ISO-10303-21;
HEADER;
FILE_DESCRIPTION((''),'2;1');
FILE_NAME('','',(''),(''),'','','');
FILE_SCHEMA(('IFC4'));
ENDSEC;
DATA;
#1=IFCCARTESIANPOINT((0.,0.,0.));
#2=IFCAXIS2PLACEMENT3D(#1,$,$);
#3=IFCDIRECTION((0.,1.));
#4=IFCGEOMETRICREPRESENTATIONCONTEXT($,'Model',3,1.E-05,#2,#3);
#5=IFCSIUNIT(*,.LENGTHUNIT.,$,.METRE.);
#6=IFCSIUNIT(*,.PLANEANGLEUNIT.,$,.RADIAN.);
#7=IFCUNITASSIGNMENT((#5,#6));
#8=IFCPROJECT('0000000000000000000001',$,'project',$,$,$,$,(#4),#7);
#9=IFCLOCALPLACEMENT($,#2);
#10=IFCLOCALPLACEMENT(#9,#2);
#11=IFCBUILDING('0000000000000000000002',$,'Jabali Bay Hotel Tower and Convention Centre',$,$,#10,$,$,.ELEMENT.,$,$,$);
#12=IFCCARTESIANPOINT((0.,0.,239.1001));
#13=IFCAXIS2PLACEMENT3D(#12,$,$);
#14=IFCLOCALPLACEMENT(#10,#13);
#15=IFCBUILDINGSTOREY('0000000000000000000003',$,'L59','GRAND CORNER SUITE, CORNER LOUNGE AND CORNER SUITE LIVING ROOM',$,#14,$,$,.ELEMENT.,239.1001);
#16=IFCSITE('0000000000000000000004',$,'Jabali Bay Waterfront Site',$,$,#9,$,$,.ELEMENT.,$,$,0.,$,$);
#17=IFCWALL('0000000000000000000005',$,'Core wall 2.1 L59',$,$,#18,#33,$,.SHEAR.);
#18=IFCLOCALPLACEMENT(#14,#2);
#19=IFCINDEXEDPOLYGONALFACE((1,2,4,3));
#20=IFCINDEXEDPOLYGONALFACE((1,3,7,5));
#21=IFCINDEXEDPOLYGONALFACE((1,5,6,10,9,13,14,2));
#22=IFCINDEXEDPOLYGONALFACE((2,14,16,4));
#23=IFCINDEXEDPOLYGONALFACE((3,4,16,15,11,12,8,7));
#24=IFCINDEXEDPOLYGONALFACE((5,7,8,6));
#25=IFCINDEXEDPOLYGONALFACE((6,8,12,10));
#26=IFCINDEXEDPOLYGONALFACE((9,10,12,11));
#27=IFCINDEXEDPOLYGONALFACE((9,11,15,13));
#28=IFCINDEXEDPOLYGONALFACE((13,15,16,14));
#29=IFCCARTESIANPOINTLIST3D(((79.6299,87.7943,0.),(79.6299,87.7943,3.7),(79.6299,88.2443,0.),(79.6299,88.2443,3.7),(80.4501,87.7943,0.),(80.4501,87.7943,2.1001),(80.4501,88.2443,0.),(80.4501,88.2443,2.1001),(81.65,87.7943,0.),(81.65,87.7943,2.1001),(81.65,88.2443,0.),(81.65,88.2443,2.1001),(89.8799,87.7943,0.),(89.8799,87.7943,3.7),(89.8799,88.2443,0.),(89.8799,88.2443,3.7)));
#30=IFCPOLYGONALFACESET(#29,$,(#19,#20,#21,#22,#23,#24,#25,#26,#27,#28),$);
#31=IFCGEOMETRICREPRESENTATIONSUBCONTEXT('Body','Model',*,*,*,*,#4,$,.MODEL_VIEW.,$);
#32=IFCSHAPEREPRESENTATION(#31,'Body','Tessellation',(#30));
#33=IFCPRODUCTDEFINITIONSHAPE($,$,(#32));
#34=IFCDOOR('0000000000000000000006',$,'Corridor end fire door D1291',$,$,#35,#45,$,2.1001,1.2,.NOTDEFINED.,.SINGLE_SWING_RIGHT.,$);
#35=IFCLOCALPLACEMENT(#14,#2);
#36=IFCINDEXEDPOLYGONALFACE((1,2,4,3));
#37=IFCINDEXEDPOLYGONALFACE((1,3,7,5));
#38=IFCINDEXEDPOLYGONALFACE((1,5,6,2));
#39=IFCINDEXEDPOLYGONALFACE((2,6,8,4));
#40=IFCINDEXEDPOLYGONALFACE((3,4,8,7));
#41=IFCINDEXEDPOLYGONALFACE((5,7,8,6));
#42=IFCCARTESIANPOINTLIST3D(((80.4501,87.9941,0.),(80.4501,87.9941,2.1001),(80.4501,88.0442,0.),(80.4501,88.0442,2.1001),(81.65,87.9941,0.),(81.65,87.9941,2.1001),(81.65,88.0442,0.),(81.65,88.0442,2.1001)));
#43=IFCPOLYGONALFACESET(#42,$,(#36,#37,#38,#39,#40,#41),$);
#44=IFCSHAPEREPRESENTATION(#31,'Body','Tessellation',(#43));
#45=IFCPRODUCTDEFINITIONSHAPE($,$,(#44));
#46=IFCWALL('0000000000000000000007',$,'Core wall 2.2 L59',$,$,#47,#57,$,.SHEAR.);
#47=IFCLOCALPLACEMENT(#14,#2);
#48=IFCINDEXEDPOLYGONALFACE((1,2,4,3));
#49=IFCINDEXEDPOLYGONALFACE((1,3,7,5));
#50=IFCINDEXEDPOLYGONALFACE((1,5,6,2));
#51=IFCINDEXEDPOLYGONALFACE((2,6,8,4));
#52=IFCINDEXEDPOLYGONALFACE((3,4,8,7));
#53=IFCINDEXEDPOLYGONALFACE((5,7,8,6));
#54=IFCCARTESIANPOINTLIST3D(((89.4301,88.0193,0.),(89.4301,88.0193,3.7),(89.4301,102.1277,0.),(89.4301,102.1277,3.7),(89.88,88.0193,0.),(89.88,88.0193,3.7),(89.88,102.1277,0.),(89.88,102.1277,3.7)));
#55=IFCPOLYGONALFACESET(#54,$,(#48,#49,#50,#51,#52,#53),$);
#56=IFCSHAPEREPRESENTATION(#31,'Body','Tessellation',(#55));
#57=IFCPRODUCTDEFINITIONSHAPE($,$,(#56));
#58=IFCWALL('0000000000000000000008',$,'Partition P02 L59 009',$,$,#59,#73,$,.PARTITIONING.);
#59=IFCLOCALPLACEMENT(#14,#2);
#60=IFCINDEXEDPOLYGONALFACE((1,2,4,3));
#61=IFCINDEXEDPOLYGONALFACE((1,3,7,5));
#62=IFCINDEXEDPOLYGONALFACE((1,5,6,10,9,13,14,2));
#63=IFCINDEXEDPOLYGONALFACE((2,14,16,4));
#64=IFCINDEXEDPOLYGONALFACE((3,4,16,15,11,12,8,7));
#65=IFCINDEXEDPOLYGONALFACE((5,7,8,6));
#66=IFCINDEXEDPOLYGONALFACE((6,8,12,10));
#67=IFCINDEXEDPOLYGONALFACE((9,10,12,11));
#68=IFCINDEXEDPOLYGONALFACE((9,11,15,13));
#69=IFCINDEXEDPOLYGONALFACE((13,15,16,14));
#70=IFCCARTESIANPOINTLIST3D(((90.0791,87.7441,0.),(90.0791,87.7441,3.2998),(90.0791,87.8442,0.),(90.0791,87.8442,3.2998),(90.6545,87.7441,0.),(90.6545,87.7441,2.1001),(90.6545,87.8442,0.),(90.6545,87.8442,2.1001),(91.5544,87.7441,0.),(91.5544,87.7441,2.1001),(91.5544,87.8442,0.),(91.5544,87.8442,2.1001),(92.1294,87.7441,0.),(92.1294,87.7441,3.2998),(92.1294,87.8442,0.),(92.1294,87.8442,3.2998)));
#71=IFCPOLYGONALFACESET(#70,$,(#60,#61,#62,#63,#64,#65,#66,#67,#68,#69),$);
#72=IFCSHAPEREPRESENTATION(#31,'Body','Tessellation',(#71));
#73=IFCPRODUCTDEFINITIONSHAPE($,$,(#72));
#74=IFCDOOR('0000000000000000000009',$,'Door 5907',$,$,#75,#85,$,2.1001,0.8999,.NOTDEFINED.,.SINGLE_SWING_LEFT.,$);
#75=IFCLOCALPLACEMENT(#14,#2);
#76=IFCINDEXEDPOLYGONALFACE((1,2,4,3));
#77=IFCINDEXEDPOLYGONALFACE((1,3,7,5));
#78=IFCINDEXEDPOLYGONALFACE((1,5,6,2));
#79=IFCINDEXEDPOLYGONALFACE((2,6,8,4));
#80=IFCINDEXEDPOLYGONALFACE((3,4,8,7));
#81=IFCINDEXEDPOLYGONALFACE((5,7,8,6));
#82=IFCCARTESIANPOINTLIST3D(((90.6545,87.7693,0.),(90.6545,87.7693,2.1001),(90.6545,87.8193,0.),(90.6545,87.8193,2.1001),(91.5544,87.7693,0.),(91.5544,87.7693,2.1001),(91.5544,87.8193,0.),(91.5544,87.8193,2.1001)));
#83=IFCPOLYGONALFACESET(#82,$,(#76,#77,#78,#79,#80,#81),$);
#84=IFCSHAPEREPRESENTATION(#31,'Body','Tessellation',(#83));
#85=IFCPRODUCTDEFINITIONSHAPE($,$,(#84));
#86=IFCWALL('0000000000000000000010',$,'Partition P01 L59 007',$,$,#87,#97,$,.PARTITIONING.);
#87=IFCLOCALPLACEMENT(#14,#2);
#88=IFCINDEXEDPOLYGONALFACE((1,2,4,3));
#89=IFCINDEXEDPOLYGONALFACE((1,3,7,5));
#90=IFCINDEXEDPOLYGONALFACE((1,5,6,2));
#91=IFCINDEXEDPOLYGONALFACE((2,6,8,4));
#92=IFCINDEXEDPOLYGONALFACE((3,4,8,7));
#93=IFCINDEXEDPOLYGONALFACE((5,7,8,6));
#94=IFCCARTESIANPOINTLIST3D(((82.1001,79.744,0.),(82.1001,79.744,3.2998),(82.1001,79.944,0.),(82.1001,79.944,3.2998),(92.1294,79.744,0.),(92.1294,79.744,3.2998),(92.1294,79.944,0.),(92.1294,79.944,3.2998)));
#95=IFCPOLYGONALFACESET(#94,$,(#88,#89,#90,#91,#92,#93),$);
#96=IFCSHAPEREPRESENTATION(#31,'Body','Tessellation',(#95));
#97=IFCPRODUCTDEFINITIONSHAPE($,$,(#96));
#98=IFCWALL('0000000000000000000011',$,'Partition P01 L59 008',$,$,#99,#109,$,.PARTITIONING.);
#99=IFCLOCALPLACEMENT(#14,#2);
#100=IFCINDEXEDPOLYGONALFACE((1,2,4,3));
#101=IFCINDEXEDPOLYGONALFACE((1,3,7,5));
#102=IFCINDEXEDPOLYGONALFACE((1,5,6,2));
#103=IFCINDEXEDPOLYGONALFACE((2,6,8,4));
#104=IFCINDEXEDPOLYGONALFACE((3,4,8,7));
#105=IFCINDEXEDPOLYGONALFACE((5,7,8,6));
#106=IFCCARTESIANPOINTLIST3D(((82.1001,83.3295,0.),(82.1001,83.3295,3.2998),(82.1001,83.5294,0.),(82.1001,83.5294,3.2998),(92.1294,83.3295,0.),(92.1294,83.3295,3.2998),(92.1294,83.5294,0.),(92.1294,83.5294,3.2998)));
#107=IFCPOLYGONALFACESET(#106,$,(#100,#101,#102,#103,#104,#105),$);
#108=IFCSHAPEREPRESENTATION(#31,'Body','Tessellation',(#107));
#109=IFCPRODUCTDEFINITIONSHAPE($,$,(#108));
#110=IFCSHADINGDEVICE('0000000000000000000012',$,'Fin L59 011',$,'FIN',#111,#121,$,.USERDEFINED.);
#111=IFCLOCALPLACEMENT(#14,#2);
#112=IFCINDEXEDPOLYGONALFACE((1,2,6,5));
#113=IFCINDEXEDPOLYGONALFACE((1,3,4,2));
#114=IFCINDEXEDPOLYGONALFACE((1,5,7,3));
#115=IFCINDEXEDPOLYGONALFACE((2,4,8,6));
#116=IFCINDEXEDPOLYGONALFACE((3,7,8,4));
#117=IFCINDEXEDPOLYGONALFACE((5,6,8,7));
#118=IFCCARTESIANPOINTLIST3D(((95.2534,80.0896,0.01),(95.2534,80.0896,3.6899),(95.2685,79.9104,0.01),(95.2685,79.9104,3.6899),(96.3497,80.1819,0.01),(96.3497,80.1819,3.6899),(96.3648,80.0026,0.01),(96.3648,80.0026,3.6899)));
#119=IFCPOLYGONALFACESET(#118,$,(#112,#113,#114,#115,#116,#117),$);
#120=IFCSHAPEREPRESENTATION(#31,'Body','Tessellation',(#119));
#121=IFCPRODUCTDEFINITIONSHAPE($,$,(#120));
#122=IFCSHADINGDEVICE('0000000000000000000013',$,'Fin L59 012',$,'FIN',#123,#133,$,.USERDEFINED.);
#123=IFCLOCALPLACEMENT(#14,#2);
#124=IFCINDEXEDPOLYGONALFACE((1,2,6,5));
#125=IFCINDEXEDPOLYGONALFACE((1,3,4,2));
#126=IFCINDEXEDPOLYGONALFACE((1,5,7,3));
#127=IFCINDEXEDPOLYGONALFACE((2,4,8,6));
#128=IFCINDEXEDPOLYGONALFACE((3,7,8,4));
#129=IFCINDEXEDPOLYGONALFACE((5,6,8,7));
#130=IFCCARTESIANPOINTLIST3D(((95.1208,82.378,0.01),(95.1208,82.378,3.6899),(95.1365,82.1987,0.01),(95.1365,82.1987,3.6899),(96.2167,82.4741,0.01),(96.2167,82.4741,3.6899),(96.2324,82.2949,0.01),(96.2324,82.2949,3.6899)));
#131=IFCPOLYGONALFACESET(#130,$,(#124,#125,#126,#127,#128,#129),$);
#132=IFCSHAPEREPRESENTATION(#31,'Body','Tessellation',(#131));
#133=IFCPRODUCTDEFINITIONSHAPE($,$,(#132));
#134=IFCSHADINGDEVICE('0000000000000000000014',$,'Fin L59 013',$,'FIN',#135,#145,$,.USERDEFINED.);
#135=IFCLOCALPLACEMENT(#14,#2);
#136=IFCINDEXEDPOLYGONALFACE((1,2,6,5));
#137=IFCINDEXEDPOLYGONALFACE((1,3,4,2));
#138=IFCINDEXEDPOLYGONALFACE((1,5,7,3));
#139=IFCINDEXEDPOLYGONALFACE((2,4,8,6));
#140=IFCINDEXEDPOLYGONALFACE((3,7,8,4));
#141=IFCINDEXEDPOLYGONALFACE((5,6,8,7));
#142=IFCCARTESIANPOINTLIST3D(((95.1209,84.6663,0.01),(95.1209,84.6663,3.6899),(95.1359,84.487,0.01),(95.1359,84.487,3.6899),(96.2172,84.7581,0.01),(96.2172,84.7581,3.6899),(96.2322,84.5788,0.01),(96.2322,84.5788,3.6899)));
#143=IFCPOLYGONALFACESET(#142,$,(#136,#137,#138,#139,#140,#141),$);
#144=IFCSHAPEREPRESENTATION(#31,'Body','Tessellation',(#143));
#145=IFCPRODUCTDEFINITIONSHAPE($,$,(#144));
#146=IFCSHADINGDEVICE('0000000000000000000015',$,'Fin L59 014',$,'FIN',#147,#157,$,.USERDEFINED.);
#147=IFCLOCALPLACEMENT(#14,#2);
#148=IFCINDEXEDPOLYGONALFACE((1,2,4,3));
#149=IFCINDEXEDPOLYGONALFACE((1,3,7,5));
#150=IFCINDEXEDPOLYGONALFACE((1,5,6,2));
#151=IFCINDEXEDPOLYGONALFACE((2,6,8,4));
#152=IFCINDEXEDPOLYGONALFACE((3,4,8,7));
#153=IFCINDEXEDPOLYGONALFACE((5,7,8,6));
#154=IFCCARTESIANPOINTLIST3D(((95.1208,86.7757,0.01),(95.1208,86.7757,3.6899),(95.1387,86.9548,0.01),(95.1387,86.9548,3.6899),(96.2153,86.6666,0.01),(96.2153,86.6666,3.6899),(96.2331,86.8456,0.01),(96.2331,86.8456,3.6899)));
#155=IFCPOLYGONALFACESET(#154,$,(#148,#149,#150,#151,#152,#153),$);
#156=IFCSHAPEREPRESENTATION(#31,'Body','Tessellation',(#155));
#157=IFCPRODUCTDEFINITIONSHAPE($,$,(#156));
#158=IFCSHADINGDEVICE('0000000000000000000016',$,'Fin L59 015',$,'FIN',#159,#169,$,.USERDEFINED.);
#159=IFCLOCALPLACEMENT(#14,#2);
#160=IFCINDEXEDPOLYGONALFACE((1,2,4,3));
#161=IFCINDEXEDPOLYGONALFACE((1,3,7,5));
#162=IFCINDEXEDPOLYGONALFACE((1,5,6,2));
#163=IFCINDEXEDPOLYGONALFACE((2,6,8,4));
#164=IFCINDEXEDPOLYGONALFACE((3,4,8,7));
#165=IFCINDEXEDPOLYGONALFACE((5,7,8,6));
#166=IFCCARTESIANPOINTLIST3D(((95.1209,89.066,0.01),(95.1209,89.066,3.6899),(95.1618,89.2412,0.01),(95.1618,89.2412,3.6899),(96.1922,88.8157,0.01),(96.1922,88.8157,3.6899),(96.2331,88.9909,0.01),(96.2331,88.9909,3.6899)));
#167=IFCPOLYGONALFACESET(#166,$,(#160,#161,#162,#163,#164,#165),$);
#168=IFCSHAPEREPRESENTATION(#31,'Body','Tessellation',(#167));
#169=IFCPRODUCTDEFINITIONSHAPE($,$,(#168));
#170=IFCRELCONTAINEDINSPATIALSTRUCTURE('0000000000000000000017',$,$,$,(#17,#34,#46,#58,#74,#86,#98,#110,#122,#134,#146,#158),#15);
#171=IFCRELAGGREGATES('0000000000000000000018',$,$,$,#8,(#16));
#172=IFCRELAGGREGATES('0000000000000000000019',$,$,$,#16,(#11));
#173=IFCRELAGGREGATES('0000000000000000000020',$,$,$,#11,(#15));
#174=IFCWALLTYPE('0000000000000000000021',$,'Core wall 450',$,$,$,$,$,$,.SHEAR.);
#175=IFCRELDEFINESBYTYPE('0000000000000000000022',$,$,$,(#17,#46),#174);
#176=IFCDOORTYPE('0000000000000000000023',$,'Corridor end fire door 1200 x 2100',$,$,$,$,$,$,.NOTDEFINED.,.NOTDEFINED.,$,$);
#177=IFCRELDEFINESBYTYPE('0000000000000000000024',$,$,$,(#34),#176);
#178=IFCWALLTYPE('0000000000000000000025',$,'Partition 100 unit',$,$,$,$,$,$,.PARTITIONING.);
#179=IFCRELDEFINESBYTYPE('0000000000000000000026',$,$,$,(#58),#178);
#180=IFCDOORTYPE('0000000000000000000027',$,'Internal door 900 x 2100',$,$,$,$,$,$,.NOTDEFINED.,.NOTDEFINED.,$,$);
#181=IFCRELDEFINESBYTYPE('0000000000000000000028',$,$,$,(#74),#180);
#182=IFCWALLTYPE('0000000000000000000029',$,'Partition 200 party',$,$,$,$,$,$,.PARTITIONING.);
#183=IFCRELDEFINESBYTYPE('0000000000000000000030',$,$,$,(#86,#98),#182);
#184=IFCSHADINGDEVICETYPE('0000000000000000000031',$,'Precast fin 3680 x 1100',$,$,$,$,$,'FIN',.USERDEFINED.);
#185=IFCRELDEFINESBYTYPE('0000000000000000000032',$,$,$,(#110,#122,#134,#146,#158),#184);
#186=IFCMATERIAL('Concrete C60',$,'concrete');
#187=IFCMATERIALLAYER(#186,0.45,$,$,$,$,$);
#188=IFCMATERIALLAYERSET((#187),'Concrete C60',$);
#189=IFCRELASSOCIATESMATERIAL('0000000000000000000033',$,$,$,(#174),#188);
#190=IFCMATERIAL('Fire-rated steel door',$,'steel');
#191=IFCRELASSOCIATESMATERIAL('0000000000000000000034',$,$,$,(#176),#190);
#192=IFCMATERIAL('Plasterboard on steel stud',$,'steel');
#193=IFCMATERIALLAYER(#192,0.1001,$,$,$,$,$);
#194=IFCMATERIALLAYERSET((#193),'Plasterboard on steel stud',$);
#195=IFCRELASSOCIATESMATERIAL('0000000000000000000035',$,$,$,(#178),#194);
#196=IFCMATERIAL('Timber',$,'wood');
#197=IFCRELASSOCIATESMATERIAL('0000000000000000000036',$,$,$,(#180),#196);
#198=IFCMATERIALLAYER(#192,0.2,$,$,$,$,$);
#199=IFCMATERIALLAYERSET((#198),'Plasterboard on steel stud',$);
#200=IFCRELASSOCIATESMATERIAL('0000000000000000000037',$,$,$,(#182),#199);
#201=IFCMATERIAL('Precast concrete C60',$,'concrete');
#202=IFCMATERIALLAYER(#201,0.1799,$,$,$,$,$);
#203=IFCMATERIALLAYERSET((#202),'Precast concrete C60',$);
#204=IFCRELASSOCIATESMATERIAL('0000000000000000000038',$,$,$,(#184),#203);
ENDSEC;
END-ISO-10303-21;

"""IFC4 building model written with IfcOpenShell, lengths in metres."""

from ifc_helpers import new_model, si_unit, direction, frame, frame_2d, origin, place, context, subcontext, project, spatial, rectangle, extrude, material, layer, layer_set, type_object, element, fill, save


model = new_model("IFC4")

# Units and contexts
model_context = context("Model", 3, precision=1e-05, world=origin(), true_north=direction((0.0, 1.0)))
body_context = subcontext(model_context, "Body", "Model", "MODEL_VIEW")
ifc_project = project(units=[si_unit("LENGTHUNIT", "METRE"), si_unit("PLANEANGLEUNIT", "RADIAN")], contexts=[model_context])

# Site, building, storey
site_placement = place(None, origin())
site = spatial("IfcSite", under=ifc_project, at=site_placement, Name="Jabali Bay Waterfront Site", CompositionType="ELEMENT", RefElevation=0.0)
building_placement = place(site_placement, origin())
building = spatial("IfcBuilding", under=site, at=building_placement, Name="Jabali Bay Hotel Tower and Convention Centre", CompositionType="ELEMENT")
storey_placement = place(building_placement, frame((0.0, 0.0, 239.1001)))
storey = spatial("IfcBuildingStorey", under=building, at=storey_placement, Name="L59", Description="GRAND CORNER SUITE, CORNER LOUNGE AND CORNER SUITE LIVING ROOM", CompositionType="ELEMENT", Elevation=239.1001)

# Shared definitions
ifc_material_1 = material(Name="Concrete C60", Category="concrete")

# Shared definitions
ifc_material_2 = material(Name="Fire-rated steel door", Category="steel")

# Wall, opening, door
ifc_layer_1 = layer(ifc_material_1, 0.45)
ifc_layer_set_1 = layer_set([ifc_layer_1], Name="Concrete C60")
wall_type_1 = type_object("IfcWallType", Name="Core wall 450", PredefinedType="SHEAR", material=ifc_layer_set_1)
wall_1_placement = place(storey_placement, frame((79.6299, 88.0193, 0.0), z_axis=(0.0, 0.0, 1.0), x_axis=(1.0, 0.0, 0.0)))
wall_1 = element("IfcWall", 1, at=wall_1_placement, inside=storey, type_object=wall_type_1, Name="Core wall 2.1 L59", PredefinedType="SHEAR", context=body_context, shape_type="SweptSolid", body=[
    extrude(rectangle(XDim=10.25, YDim=0.45, at=frame_2d((5.125, 0.0))), origin(), (0.0, 0.0, 1.0), 3.7),
])
opening_1_placement = place(wall_1_placement, frame((0.8201, 0.0, 0.0)))
opening_1 = element("IfcOpeningElement", 2, at=opening_1_placement, cuts=wall_1, PredefinedType="OPENING", context=body_context, shape_type="SweptSolid", body=[
    extrude(rectangle(XDim=1.2, YDim=2.1001, at=frame_2d((0.6001, 1.05))), frame((0.0, 0.2354, 0.0), z_axis=(0.0, -1.0, 0.0), x_axis=(1.0, 0.0, 0.0)), (0.0, 0.0, 1.0), 0.4709),
])
door_type_1 = type_object("IfcDoorType", Name="Corridor end fire door 1200 x 2100", OperationType="NOTDEFINED", PredefinedType="NOTDEFINED", material=ifc_material_2)
door_1_placement = place(opening_1_placement, origin())
door_1 = element("IfcDoor", 3, at=door_1_placement, inside=storey, type_object=door_type_1, Name="Corridor end fire door D1291", OperationType="SINGLE_SWING_RIGHT", OverallHeight=2.1001, OverallWidth=1.2, PredefinedType="NOTDEFINED", context=body_context, shape_type="SweptSolid", body=[
    extrude(rectangle(XDim=1.2, YDim=2.1001, at=frame_2d((0.6001, 1.05))), frame((0.0, 0.0249, 0.0), z_axis=(0.0, -1.0, 0.0), x_axis=(1.0, 0.0, 0.0)), (0.0, 0.0, 1.0), 0.05),
])
fill(opening_1, door_1)

# Wall
wall_2_placement = place(storey_placement, frame((89.655, 88.0193, 0.0), z_axis=(0.0, 0.0, 1.0), x_axis=(0.0, 1.0, 0.0)))
element("IfcWall", 4, at=wall_2_placement, inside=storey, type_object=wall_type_1, Name="Core wall 2.2 L59", PredefinedType="SHEAR", context=body_context, shape_type="SweptSolid", body=[
    extrude(rectangle(XDim=14.1084, YDim=0.45, at=frame_2d((7.0542, 0.0))), origin(), (0.0, 0.0, 1.0), 3.7),
])

# Wall, opening, door
ifc_material_3 = material(Name="Plasterboard on steel stud", Category="steel")
ifc_layer_2 = layer(ifc_material_3, 0.1001)
ifc_layer_set_2 = layer_set([ifc_layer_2], Name="Plasterboard on steel stud")
wall_type_2 = type_object("IfcWallType", Name="Partition 100 unit", PredefinedType="PARTITIONING", material=ifc_layer_set_2)
wall_3_placement = place(storey_placement, frame((92.1294, 87.7942, 0.0), z_axis=(0.0, 0.0, 1.0), x_axis=(-1.0, 0.0, 0.0)))
wall_3 = element("IfcWall", 5, at=wall_3_placement, inside=storey, type_object=wall_type_2, Name="Partition P02 L59 009", PredefinedType="PARTITIONING", context=body_context, shape_type="SweptSolid", body=[
    extrude(rectangle(XDim=2.0503, YDim=0.1001, at=frame_2d((1.0251, 0.0))), origin(), (0.0, 0.0, 1.0), 3.2998),
])
opening_2_placement = place(wall_3_placement, frame((0.575, 0.0, 0.0)))
opening_2 = element("IfcOpeningElement", 6, at=opening_2_placement, cuts=wall_3, PredefinedType="OPENING", context=body_context, shape_type="SweptSolid", body=[
    extrude(rectangle(XDim=0.8999, YDim=2.1001, at=frame_2d((0.45, 1.05))), frame((0.0, 0.0605, 0.0), z_axis=(0.0, -1.0, 0.0), x_axis=(1.0, 0.0, 0.0)), (0.0, 0.0, 1.0), 0.1211),
])
ifc_material_4 = material(Name="Timber", Category="wood")
door_type_2 = type_object("IfcDoorType", Name="Internal door 900 x 2100", OperationType="NOTDEFINED", PredefinedType="NOTDEFINED", material=ifc_material_4)
door_2_placement = place(opening_2_placement, origin())
door_2 = element("IfcDoor", 7, at=door_2_placement, inside=storey, type_object=door_type_2, Name="Door 5907", OperationType="SINGLE_SWING_LEFT", OverallHeight=2.1001, OverallWidth=0.8999, PredefinedType="NOTDEFINED", context=body_context, shape_type="SweptSolid", body=[
    extrude(rectangle(XDim=0.8999, YDim=2.1001, at=frame_2d((0.45, 1.05))), frame((0.0, 0.0249, 0.0), z_axis=(0.0, -1.0, 0.0), x_axis=(1.0, 0.0, 0.0)), (0.0, 0.0, 1.0), 0.05),
])
fill(opening_2, door_2)

# Walls
ifc_layer_3 = layer(ifc_material_3, 0.2)
ifc_layer_set_3 = layer_set([ifc_layer_3], Name="Plasterboard on steel stud")
wall_type_3 = type_object("IfcWallType", Name="Partition 200 party", PredefinedType="PARTITIONING", material=ifc_layer_set_3)
for number, where, z_axis, x_axis, name in (
    (8, (92.1294, 79.844, 0.0), (0.0, 0.0, 1.0), (-1.0, 0.0, 0.0), "Partition P01 L59 007"),
    (9, (92.1294, 83.4294, 0.0), (0.0, 0.0, 1.0), (-1.0, 0.0, 0.0), "Partition P01 L59 008"),
):
    element("IfcWall", number, at=place(storey_placement, frame(where, z_axis=z_axis, x_axis=x_axis)), inside=storey, type_object=wall_type_3, Name=name, PredefinedType="PARTITIONING", context=body_context, shape_type="SweptSolid", body=[
        extrude(rectangle(XDim=10.0293, YDim=0.2, at=frame_2d((5.0146, 0.0))), origin(), (0.0, 0.0, 1.0), 3.2998),
    ])

# Shading devices
ifc_material_5 = material(Name="Precast concrete C60", Category="concrete")
ifc_layer_4 = layer(ifc_material_5, 0.1799)
ifc_layer_set_4 = layer_set([ifc_layer_4], Name="Precast concrete C60")
shading_device_type = type_object("IfcShadingDeviceType", Name="Precast fin 3680 x 1100", ElementType="FIN", PredefinedType="USERDEFINED", material=ifc_layer_set_4)
for number, where, z_axis, x_axis, name in (
    (10, (95.261, 80.0, 0.01), (0.0, 0.0, 1.0), (0.996475, 0.08389, 0.0), "Fin L59 011"),
    (11, (95.1287, 82.2883, 0.01), (0.0, 0.0, 1.0), (0.99617, 0.087434, 0.0), "Fin L59 012"),
    (12, (95.1284, 84.5767, 0.01), (0.0, 0.0, 1.0), (0.996512, 0.08345, 0.0), "Fin L59 013"),
):
    element("IfcShadingDevice", number, at=place(storey_placement, frame(where, z_axis=z_axis, x_axis=x_axis)), inside=storey, type_object=shading_device_type, Name=name, ObjectType="FIN", PredefinedType="USERDEFINED", context=body_context, shape_type="SweptSolid", body=[
        extrude(rectangle(XDim=1.1001, YDim=0.1799, at=frame_2d((0.55, 0.0))), origin(), (0.0, 0.0, 1.0), 3.6799),
    ])
shading_device_1_placement = place(storey_placement, frame((95.1299, 86.8652, 0.01), z_axis=(0.0, 0.0, 1.0), x_axis=(0.995066, -0.099218, 0.0)))
element("IfcShadingDevice", 13, at=shading_device_1_placement, inside=storey, type_object=shading_device_type, Name="Fin L59 014", ObjectType="FIN", PredefinedType="USERDEFINED", context=body_context, shape_type="SweptSolid", body=[
    extrude(rectangle(XDim=1.0999, YDim=0.1799, at=frame_2d((0.5498, 0.0))), origin(), (0.0, 0.0, 1.0), 3.6799),
])
shading_device_2_placement = place(storey_placement, frame((95.1414, 89.1536, 0.01), z_axis=(0.0, 0.0, 1.0), x_axis=(0.973786, -0.227468, 0.0)))
element("IfcShadingDevice", 14, at=shading_device_2_placement, inside=storey, type_object=shading_device_type, Name="Fin L59 015", ObjectType="FIN", PredefinedType="USERDEFINED", context=body_context, shape_type="SweptSolid", body=[
    extrude(rectangle(XDim=1.1001, YDim=0.1799, at=frame_2d((0.55, 0.0))), origin(), (0.0, 0.0, 1.0), 3.6799),
])

save(model, "model.ifc")
